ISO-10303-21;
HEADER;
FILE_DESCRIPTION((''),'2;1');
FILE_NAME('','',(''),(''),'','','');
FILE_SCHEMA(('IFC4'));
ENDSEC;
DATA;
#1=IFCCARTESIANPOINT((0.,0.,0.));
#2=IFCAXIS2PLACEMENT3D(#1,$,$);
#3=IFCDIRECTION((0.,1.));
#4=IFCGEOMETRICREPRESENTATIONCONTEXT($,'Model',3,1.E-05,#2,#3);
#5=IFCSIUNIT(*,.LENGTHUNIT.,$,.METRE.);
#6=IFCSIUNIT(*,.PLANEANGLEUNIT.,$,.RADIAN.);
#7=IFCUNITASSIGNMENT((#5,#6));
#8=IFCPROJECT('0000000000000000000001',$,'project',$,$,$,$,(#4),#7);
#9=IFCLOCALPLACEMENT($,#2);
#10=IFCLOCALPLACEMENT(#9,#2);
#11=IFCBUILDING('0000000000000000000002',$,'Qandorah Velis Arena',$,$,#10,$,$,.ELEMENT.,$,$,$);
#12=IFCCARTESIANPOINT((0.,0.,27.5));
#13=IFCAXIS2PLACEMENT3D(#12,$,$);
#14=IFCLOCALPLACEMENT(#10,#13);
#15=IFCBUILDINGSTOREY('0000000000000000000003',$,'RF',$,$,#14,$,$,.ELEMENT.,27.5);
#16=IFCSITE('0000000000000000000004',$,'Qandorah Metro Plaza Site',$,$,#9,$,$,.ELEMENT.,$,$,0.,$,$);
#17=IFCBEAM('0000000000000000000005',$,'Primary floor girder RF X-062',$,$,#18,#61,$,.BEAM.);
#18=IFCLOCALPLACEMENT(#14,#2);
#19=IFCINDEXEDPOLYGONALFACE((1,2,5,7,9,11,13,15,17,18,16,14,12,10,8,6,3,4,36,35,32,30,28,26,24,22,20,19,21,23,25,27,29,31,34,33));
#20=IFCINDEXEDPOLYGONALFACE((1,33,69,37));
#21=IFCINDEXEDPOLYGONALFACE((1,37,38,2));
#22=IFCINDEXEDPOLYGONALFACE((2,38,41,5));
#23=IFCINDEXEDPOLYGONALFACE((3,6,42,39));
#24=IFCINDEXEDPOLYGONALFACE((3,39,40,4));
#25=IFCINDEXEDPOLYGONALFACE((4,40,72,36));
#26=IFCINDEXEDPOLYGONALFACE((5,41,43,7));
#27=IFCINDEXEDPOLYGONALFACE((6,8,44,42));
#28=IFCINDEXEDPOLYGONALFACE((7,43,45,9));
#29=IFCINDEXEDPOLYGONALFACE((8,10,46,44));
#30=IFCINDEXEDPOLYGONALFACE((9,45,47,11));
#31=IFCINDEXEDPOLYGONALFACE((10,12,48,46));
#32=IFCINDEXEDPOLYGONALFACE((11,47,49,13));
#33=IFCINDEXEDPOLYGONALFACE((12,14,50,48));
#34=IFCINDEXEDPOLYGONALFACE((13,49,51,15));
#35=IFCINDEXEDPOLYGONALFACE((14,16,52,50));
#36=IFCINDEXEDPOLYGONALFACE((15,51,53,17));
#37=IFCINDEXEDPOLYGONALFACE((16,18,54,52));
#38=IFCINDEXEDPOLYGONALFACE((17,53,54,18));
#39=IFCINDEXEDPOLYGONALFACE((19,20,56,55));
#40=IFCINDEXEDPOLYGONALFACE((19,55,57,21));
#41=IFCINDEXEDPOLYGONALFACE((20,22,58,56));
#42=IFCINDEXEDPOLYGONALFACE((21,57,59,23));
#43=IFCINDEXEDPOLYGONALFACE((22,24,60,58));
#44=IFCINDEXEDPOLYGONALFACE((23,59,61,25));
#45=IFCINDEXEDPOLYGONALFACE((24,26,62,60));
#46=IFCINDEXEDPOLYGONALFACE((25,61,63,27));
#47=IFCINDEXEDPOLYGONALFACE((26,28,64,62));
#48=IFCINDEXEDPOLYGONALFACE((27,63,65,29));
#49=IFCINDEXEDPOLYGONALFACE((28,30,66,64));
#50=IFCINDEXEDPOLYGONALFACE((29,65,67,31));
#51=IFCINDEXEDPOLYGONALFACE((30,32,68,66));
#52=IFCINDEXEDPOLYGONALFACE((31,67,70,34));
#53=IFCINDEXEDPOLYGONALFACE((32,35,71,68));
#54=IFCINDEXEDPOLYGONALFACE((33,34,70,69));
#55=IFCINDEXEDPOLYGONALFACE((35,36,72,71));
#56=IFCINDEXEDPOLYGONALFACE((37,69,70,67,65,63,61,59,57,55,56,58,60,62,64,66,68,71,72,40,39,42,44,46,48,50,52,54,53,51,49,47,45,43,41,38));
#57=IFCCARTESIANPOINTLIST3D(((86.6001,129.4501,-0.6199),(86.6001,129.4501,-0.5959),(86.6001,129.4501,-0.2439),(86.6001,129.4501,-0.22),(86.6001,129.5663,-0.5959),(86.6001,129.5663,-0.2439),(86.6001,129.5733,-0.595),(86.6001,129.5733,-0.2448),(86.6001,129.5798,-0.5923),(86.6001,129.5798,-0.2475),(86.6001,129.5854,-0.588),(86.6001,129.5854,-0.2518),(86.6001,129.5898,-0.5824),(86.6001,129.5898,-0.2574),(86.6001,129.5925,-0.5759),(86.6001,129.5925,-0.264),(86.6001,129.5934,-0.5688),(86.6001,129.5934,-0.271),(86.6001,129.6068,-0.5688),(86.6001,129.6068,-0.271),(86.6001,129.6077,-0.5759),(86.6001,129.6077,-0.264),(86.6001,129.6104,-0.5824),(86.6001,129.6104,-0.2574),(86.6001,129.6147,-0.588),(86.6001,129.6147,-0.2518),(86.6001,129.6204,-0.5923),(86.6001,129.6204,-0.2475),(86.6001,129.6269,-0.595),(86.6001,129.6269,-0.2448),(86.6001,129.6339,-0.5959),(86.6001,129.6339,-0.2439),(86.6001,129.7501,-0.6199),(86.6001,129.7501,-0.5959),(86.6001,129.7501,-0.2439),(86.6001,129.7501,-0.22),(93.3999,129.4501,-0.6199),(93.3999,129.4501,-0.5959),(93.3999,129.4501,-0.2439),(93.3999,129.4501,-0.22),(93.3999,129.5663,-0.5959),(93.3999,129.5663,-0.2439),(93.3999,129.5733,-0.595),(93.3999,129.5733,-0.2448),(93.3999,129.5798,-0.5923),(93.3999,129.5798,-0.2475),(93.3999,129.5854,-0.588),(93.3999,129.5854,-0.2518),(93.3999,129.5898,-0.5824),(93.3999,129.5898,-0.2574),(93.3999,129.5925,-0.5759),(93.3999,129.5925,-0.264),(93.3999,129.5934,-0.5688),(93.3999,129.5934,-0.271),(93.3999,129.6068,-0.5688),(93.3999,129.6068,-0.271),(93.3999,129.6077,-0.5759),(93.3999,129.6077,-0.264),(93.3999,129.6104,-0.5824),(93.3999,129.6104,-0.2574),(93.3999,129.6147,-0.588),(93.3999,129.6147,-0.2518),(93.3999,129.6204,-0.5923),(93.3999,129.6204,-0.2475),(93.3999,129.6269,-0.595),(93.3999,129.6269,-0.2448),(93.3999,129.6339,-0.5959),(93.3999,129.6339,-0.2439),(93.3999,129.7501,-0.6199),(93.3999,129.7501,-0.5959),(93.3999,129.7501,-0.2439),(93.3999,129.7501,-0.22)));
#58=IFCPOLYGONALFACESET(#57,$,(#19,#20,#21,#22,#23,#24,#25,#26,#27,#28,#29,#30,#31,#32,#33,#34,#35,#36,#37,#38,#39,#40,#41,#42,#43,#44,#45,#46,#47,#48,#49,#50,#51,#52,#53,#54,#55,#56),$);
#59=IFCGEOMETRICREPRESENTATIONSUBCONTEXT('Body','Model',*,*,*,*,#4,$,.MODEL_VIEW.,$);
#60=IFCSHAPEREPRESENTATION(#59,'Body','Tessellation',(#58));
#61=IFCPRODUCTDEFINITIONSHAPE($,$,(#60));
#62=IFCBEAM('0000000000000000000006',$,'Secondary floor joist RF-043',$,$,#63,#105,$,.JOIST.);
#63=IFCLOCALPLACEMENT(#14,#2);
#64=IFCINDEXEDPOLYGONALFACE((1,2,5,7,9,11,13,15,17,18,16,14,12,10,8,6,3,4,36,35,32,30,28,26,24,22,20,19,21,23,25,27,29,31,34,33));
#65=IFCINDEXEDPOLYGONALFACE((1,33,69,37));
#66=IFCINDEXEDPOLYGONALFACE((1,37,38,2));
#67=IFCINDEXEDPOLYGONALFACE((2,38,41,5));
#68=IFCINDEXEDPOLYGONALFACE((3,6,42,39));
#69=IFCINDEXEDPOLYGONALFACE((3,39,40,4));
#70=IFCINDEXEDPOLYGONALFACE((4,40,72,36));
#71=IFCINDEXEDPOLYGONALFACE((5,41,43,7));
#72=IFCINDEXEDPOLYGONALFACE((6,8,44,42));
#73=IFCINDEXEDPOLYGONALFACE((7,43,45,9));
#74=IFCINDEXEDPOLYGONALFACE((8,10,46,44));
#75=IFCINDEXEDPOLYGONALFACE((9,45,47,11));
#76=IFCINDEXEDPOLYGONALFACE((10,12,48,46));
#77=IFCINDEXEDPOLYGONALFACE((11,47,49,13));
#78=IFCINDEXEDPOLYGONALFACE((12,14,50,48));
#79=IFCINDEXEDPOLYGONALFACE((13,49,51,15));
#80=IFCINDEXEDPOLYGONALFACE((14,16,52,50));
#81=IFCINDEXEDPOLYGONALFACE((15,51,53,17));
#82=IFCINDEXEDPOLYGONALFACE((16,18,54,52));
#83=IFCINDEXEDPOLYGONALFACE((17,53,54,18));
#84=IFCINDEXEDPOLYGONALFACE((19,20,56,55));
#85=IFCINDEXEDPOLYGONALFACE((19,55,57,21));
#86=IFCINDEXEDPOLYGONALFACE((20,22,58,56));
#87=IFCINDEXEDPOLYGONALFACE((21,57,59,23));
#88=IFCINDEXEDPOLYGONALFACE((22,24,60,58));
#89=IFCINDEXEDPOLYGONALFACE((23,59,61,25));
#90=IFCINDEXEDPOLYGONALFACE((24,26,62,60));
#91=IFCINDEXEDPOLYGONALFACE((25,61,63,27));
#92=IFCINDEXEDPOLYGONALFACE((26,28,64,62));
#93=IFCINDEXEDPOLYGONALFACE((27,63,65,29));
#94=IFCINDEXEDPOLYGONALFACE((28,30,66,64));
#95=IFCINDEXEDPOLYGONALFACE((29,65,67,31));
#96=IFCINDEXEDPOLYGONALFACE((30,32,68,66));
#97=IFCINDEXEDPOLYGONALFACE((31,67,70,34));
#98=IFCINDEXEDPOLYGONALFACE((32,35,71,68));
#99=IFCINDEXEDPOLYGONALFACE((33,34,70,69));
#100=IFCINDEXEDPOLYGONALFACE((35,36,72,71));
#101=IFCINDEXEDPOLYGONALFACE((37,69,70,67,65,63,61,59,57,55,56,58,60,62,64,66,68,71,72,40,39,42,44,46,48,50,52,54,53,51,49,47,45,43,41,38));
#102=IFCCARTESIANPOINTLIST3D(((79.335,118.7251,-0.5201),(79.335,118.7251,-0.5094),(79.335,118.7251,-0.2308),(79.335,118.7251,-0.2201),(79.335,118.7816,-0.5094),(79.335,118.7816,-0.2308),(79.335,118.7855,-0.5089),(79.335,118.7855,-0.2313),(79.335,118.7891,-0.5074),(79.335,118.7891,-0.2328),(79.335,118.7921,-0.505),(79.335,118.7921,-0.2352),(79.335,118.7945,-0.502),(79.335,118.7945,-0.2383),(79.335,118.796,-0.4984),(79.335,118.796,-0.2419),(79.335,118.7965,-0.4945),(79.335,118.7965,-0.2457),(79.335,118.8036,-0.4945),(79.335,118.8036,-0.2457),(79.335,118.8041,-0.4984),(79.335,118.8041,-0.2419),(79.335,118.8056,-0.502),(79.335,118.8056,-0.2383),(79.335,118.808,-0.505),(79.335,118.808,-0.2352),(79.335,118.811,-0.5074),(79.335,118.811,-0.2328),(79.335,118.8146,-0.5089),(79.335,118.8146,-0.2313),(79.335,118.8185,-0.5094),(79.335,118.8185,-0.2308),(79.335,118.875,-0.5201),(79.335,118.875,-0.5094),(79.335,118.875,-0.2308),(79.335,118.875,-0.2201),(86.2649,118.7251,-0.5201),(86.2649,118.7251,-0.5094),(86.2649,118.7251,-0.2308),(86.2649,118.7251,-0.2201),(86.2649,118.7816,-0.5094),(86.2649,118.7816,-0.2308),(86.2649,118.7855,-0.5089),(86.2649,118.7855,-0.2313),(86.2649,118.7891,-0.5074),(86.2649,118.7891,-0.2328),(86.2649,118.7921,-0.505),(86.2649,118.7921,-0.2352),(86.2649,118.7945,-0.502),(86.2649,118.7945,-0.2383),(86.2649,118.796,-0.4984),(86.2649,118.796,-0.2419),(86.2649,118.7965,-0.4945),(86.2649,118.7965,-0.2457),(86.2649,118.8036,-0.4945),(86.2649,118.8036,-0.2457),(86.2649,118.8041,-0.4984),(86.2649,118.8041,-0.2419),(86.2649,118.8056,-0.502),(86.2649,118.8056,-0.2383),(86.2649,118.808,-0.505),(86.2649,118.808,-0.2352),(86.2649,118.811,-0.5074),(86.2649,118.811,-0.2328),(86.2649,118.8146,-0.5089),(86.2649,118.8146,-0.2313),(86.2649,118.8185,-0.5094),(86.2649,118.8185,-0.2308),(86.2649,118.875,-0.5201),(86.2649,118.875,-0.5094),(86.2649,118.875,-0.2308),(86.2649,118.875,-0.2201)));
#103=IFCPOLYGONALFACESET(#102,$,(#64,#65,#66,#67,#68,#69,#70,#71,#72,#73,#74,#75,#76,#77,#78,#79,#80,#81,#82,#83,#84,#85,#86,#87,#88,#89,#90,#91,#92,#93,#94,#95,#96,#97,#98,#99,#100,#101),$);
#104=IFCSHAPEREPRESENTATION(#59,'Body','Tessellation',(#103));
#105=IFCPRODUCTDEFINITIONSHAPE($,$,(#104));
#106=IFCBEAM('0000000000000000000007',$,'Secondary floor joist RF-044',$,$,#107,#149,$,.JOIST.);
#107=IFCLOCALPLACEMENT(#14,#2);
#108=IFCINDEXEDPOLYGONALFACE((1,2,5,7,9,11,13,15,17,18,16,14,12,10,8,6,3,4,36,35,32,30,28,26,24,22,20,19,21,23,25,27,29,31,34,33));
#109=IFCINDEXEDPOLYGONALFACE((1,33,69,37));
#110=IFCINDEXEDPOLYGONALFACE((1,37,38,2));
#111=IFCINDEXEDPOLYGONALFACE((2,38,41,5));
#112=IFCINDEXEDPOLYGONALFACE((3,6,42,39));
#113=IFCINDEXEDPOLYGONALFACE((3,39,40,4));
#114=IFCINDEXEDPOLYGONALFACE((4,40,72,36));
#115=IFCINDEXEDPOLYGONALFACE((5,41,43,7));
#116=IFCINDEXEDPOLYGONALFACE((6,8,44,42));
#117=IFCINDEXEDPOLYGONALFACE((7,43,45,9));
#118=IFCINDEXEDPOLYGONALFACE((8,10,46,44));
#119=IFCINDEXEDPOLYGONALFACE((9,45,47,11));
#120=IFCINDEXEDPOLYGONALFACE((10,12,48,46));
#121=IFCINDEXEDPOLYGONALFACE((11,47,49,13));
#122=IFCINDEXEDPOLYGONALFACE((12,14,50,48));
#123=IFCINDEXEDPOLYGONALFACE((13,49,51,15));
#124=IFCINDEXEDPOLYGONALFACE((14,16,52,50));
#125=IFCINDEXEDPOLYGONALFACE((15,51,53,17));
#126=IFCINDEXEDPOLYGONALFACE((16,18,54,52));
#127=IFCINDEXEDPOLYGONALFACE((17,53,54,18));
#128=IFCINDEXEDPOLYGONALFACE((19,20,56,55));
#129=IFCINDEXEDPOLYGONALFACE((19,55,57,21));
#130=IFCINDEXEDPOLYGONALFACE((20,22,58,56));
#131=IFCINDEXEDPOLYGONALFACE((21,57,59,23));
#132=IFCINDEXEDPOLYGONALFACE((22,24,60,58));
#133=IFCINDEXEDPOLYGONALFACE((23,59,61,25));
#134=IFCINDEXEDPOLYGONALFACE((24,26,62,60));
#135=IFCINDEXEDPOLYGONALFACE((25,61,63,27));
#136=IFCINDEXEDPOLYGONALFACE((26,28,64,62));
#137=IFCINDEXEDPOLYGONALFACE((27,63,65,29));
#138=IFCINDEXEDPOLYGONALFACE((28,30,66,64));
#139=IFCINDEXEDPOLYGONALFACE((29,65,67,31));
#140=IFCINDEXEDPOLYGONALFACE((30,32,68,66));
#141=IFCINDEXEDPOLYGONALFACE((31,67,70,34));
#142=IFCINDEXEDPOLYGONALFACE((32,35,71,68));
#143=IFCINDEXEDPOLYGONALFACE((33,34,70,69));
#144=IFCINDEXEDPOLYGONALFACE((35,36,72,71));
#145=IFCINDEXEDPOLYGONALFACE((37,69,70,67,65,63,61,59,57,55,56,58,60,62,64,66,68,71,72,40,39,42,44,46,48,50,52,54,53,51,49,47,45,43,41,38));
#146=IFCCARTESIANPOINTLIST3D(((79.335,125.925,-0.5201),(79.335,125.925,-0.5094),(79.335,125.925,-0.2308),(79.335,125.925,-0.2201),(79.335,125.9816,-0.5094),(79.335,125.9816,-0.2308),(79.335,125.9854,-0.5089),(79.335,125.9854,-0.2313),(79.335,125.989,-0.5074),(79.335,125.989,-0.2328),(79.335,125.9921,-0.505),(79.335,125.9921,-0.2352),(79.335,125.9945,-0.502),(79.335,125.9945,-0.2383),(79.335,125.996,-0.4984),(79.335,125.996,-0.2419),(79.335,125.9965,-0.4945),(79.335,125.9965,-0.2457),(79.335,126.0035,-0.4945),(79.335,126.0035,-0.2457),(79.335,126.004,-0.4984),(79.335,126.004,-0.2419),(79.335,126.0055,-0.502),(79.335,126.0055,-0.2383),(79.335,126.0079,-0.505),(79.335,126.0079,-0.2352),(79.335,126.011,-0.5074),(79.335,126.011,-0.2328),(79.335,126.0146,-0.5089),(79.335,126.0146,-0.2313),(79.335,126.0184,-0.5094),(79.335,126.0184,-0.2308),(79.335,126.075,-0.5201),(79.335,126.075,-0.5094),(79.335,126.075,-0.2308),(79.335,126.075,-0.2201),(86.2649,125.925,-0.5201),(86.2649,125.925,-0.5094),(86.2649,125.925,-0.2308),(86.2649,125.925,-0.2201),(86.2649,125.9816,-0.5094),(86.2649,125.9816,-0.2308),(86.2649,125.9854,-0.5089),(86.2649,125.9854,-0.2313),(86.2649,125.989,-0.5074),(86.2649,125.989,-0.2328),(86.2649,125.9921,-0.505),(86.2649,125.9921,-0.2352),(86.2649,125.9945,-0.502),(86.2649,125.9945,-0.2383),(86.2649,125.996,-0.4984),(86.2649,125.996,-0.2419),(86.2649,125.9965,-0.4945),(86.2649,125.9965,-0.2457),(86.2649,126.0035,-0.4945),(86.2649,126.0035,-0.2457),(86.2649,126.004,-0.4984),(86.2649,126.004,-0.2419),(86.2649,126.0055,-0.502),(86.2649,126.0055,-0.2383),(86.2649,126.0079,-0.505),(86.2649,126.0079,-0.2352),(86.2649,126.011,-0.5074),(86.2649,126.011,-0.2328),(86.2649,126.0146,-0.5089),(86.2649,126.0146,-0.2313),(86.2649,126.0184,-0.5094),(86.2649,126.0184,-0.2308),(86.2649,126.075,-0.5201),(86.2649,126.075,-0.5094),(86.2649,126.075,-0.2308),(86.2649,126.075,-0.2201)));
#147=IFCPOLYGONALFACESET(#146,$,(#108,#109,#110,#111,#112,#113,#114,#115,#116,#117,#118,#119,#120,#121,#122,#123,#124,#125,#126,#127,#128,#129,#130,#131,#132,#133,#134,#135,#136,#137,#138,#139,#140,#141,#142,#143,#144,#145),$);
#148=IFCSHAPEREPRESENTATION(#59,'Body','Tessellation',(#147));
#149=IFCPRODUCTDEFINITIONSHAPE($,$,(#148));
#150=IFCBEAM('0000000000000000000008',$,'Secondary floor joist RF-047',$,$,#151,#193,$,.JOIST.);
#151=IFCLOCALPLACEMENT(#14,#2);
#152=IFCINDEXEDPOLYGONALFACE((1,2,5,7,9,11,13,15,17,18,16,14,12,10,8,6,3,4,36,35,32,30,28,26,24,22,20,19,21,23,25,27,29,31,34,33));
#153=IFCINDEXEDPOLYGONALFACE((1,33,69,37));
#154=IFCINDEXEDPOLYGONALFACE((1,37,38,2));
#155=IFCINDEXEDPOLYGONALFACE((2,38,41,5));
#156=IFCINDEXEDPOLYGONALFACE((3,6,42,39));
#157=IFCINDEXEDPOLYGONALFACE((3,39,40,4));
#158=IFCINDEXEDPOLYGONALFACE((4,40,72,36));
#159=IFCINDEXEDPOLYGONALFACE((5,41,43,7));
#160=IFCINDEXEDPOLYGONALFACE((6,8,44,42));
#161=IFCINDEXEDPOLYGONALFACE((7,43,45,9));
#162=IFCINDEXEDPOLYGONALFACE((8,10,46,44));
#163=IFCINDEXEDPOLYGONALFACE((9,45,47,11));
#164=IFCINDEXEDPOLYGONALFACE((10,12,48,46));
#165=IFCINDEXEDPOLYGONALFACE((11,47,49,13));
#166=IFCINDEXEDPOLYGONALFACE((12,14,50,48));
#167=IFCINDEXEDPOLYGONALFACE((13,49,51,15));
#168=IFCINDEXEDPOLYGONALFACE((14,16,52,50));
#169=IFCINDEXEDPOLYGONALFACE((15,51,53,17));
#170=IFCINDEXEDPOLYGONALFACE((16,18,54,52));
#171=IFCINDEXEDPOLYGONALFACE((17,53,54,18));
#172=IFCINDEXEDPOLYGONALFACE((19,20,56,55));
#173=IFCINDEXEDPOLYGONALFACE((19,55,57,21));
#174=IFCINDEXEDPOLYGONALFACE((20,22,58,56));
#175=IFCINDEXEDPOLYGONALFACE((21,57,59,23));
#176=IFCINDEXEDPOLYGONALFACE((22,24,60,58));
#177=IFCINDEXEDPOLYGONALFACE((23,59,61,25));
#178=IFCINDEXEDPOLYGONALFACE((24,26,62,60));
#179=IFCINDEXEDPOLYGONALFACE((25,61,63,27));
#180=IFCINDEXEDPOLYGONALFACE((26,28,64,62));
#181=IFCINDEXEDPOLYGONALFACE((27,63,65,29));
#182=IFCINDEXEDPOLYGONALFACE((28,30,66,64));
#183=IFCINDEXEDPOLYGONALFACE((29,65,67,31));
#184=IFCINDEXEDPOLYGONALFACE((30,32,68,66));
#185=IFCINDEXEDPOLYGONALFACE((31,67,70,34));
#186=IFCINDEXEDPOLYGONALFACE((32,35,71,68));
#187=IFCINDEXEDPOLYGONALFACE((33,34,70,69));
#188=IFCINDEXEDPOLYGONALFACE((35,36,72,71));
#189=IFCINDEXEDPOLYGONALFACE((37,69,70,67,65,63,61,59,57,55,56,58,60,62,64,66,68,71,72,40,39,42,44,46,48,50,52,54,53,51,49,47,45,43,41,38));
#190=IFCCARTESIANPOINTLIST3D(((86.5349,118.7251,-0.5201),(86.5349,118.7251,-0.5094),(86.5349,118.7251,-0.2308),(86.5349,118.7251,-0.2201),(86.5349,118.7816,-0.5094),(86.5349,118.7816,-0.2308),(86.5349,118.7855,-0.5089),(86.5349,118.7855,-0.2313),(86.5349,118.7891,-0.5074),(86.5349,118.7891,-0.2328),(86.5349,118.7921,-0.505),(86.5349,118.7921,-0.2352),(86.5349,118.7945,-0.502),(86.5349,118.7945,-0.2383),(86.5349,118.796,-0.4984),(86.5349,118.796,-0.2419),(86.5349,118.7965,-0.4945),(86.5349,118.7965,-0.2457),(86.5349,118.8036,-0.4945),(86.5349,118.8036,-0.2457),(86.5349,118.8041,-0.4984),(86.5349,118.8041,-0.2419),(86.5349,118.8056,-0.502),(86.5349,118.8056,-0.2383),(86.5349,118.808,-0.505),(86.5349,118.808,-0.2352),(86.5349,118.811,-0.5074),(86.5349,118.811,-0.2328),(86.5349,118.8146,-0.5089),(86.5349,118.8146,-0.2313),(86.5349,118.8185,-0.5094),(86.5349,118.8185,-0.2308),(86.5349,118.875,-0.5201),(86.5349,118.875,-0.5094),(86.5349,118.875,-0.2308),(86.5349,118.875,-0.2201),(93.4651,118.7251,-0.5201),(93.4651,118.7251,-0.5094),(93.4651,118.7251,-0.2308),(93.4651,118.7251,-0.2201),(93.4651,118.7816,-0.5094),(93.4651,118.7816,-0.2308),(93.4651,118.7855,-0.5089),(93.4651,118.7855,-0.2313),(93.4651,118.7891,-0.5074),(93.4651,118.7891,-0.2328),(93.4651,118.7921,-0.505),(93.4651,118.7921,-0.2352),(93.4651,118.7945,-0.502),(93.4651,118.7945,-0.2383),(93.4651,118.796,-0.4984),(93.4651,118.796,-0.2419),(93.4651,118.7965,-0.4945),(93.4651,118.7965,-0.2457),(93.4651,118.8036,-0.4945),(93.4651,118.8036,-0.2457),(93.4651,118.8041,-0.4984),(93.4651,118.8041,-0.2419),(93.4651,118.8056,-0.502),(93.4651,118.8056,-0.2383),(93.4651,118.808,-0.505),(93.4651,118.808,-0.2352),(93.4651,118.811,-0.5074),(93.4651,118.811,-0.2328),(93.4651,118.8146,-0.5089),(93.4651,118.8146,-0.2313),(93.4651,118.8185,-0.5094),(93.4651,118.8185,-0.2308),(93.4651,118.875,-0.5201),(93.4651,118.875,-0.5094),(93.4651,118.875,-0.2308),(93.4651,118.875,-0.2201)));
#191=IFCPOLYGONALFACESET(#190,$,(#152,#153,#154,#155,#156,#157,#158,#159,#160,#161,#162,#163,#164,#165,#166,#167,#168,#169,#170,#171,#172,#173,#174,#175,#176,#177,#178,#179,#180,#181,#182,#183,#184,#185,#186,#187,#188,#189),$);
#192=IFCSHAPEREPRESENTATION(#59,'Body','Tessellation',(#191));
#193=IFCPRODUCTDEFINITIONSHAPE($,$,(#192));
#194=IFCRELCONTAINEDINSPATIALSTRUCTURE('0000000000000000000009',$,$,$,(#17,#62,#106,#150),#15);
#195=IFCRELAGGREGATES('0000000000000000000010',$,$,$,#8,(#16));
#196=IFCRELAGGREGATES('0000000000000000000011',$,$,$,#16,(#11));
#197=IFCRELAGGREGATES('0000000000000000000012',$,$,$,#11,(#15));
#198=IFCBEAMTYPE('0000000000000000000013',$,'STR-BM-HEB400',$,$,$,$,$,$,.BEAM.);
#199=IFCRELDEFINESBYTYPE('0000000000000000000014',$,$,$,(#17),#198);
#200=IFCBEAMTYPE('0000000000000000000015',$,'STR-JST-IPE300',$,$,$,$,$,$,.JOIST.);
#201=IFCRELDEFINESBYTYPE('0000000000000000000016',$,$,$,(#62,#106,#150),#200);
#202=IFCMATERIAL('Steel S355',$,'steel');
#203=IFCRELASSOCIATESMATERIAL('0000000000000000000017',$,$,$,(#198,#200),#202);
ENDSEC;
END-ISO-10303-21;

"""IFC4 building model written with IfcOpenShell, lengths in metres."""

from ifc_helpers import new_model, si_unit, direction, frame, origin, origin_2d, place, context, subcontext, project, spatial, i_section, extrude, material, material_profile, profile_set, type_object, element, save


model = new_model("IFC4")

# Units and contexts
model_context = context("Model", 3, precision=1e-05, world=origin(), true_north=direction((0.0, 1.0)))
body_context = subcontext(model_context, "Body", "Model", "MODEL_VIEW")
ifc_project = project(units=[si_unit("LENGTHUNIT", "METRE"), si_unit("PLANEANGLEUNIT", "RADIAN")], contexts=[model_context])

# Site, building, storey
site_placement = place(None, origin())
site = spatial("IfcSite", under=ifc_project, at=site_placement, Name="Qandorah Metro Plaza Site", CompositionType="ELEMENT", RefElevation=0.0)
building_placement = place(site_placement, origin())
building = spatial("IfcBuilding", under=site, at=building_placement, Name="Qandorah Velis Arena", CompositionType="ELEMENT")
storey_placement = place(building_placement, frame((0.0, 0.0, 27.5)))
storey = spatial("IfcBuildingStorey", under=building, at=storey_placement, Name="RF", CompositionType="ELEMENT", Elevation=27.5)

# Beams
ifc_material_1 = material(Name="Steel S355", Category="steel")
ifc_material_profile_1 = material_profile(ifc_material_1, i_section(OverallWidth=0.3, OverallDepth=0.3999, WebThickness=0.0134, FlangeThickness=0.0239, FilletRadius=0.0271, at=origin_2d()), Name="HEB 400")
ifc_profile_set_1 = profile_set([ifc_material_profile_1], Name="Steel S355")
beam_type_1 = type_object("IfcBeamType", Name="STR-BM-HEB400", PredefinedType="BEAM", material=ifc_profile_set_1)
beam_1_placement = place(storey_placement, frame((86.6001, 129.6001, -0.4199), z_axis=(1.0, 0.0, 0.0), x_axis=(0.0, 1.0, 0.0)))
element("IfcBeam", 1, at=beam_1_placement, inside=storey, type_object=beam_type_1, Name="Primary floor girder RF X-062", PredefinedType="BEAM", context=body_context, shape_type="SweptSolid", body=[
    extrude(i_section(OverallWidth=0.3, OverallDepth=0.3999, WebThickness=0.0134, FlangeThickness=0.0239, FilletRadius=0.0271, at=origin_2d()), origin(), (0.0, 0.0, 1.0), 6.7998),
])
ifc_material_profile_2 = material_profile(ifc_material_1, i_section(OverallWidth=0.1499, OverallDepth=0.3, WebThickness=0.0071, FlangeThickness=0.0107, FilletRadius=0.0149, at=origin_2d()), Name="IPE 300")
ifc_profile_set_2 = profile_set([ifc_material_profile_2], Name="Steel S355")
beam_type_2 = type_object("IfcBeamType", Name="STR-JST-IPE300", PredefinedType="JOIST", material=ifc_profile_set_2)
for number, where, z_axis, x_axis, name in (
    (2, (79.335, 118.8, -0.3701), (1.0, 0.0, 0.0), (0.0, 1.0, 0.0), "Secondary floor joist RF-043"),
    (3, (79.335, 126.0, -0.3701), (1.0, 0.0, 0.0), (0.0, 1.0, 0.0), "Secondary floor joist RF-044"),
):
    element("IfcBeam", number, at=place(storey_placement, frame(where, z_axis=z_axis, x_axis=x_axis)), inside=storey, type_object=beam_type_2, Name=name, PredefinedType="JOIST", context=body_context, shape_type="SweptSolid", body=[
        extrude(i_section(OverallWidth=0.1499, OverallDepth=0.3, WebThickness=0.0071, FlangeThickness=0.0107, FilletRadius=0.0149, at=origin_2d()), origin(), (0.0, 0.0, 1.0), 6.9299),
    ])
for number, where, z_axis, x_axis, name in (
    (4, (86.5349, 118.8, -0.3701), (1.0, 0.0, 0.0), (0.0, 1.0, 0.0), "Secondary floor joist RF-047"),
):
    element("IfcBeam", number, at=place(storey_placement, frame(where, z_axis=z_axis, x_axis=x_axis)), inside=storey, type_object=beam_type_2, Name=name, PredefinedType="JOIST", context=body_context, shape_type="SweptSolid", body=[
        extrude(i_section(OverallWidth=0.1499, OverallDepth=0.3, WebThickness=0.0071, FlangeThickness=0.0107, FilletRadius=0.0149, at=origin_2d()), origin(), (0.0, 0.0, 1.0), 6.9302),
    ])

save(model, "model.ifc")
